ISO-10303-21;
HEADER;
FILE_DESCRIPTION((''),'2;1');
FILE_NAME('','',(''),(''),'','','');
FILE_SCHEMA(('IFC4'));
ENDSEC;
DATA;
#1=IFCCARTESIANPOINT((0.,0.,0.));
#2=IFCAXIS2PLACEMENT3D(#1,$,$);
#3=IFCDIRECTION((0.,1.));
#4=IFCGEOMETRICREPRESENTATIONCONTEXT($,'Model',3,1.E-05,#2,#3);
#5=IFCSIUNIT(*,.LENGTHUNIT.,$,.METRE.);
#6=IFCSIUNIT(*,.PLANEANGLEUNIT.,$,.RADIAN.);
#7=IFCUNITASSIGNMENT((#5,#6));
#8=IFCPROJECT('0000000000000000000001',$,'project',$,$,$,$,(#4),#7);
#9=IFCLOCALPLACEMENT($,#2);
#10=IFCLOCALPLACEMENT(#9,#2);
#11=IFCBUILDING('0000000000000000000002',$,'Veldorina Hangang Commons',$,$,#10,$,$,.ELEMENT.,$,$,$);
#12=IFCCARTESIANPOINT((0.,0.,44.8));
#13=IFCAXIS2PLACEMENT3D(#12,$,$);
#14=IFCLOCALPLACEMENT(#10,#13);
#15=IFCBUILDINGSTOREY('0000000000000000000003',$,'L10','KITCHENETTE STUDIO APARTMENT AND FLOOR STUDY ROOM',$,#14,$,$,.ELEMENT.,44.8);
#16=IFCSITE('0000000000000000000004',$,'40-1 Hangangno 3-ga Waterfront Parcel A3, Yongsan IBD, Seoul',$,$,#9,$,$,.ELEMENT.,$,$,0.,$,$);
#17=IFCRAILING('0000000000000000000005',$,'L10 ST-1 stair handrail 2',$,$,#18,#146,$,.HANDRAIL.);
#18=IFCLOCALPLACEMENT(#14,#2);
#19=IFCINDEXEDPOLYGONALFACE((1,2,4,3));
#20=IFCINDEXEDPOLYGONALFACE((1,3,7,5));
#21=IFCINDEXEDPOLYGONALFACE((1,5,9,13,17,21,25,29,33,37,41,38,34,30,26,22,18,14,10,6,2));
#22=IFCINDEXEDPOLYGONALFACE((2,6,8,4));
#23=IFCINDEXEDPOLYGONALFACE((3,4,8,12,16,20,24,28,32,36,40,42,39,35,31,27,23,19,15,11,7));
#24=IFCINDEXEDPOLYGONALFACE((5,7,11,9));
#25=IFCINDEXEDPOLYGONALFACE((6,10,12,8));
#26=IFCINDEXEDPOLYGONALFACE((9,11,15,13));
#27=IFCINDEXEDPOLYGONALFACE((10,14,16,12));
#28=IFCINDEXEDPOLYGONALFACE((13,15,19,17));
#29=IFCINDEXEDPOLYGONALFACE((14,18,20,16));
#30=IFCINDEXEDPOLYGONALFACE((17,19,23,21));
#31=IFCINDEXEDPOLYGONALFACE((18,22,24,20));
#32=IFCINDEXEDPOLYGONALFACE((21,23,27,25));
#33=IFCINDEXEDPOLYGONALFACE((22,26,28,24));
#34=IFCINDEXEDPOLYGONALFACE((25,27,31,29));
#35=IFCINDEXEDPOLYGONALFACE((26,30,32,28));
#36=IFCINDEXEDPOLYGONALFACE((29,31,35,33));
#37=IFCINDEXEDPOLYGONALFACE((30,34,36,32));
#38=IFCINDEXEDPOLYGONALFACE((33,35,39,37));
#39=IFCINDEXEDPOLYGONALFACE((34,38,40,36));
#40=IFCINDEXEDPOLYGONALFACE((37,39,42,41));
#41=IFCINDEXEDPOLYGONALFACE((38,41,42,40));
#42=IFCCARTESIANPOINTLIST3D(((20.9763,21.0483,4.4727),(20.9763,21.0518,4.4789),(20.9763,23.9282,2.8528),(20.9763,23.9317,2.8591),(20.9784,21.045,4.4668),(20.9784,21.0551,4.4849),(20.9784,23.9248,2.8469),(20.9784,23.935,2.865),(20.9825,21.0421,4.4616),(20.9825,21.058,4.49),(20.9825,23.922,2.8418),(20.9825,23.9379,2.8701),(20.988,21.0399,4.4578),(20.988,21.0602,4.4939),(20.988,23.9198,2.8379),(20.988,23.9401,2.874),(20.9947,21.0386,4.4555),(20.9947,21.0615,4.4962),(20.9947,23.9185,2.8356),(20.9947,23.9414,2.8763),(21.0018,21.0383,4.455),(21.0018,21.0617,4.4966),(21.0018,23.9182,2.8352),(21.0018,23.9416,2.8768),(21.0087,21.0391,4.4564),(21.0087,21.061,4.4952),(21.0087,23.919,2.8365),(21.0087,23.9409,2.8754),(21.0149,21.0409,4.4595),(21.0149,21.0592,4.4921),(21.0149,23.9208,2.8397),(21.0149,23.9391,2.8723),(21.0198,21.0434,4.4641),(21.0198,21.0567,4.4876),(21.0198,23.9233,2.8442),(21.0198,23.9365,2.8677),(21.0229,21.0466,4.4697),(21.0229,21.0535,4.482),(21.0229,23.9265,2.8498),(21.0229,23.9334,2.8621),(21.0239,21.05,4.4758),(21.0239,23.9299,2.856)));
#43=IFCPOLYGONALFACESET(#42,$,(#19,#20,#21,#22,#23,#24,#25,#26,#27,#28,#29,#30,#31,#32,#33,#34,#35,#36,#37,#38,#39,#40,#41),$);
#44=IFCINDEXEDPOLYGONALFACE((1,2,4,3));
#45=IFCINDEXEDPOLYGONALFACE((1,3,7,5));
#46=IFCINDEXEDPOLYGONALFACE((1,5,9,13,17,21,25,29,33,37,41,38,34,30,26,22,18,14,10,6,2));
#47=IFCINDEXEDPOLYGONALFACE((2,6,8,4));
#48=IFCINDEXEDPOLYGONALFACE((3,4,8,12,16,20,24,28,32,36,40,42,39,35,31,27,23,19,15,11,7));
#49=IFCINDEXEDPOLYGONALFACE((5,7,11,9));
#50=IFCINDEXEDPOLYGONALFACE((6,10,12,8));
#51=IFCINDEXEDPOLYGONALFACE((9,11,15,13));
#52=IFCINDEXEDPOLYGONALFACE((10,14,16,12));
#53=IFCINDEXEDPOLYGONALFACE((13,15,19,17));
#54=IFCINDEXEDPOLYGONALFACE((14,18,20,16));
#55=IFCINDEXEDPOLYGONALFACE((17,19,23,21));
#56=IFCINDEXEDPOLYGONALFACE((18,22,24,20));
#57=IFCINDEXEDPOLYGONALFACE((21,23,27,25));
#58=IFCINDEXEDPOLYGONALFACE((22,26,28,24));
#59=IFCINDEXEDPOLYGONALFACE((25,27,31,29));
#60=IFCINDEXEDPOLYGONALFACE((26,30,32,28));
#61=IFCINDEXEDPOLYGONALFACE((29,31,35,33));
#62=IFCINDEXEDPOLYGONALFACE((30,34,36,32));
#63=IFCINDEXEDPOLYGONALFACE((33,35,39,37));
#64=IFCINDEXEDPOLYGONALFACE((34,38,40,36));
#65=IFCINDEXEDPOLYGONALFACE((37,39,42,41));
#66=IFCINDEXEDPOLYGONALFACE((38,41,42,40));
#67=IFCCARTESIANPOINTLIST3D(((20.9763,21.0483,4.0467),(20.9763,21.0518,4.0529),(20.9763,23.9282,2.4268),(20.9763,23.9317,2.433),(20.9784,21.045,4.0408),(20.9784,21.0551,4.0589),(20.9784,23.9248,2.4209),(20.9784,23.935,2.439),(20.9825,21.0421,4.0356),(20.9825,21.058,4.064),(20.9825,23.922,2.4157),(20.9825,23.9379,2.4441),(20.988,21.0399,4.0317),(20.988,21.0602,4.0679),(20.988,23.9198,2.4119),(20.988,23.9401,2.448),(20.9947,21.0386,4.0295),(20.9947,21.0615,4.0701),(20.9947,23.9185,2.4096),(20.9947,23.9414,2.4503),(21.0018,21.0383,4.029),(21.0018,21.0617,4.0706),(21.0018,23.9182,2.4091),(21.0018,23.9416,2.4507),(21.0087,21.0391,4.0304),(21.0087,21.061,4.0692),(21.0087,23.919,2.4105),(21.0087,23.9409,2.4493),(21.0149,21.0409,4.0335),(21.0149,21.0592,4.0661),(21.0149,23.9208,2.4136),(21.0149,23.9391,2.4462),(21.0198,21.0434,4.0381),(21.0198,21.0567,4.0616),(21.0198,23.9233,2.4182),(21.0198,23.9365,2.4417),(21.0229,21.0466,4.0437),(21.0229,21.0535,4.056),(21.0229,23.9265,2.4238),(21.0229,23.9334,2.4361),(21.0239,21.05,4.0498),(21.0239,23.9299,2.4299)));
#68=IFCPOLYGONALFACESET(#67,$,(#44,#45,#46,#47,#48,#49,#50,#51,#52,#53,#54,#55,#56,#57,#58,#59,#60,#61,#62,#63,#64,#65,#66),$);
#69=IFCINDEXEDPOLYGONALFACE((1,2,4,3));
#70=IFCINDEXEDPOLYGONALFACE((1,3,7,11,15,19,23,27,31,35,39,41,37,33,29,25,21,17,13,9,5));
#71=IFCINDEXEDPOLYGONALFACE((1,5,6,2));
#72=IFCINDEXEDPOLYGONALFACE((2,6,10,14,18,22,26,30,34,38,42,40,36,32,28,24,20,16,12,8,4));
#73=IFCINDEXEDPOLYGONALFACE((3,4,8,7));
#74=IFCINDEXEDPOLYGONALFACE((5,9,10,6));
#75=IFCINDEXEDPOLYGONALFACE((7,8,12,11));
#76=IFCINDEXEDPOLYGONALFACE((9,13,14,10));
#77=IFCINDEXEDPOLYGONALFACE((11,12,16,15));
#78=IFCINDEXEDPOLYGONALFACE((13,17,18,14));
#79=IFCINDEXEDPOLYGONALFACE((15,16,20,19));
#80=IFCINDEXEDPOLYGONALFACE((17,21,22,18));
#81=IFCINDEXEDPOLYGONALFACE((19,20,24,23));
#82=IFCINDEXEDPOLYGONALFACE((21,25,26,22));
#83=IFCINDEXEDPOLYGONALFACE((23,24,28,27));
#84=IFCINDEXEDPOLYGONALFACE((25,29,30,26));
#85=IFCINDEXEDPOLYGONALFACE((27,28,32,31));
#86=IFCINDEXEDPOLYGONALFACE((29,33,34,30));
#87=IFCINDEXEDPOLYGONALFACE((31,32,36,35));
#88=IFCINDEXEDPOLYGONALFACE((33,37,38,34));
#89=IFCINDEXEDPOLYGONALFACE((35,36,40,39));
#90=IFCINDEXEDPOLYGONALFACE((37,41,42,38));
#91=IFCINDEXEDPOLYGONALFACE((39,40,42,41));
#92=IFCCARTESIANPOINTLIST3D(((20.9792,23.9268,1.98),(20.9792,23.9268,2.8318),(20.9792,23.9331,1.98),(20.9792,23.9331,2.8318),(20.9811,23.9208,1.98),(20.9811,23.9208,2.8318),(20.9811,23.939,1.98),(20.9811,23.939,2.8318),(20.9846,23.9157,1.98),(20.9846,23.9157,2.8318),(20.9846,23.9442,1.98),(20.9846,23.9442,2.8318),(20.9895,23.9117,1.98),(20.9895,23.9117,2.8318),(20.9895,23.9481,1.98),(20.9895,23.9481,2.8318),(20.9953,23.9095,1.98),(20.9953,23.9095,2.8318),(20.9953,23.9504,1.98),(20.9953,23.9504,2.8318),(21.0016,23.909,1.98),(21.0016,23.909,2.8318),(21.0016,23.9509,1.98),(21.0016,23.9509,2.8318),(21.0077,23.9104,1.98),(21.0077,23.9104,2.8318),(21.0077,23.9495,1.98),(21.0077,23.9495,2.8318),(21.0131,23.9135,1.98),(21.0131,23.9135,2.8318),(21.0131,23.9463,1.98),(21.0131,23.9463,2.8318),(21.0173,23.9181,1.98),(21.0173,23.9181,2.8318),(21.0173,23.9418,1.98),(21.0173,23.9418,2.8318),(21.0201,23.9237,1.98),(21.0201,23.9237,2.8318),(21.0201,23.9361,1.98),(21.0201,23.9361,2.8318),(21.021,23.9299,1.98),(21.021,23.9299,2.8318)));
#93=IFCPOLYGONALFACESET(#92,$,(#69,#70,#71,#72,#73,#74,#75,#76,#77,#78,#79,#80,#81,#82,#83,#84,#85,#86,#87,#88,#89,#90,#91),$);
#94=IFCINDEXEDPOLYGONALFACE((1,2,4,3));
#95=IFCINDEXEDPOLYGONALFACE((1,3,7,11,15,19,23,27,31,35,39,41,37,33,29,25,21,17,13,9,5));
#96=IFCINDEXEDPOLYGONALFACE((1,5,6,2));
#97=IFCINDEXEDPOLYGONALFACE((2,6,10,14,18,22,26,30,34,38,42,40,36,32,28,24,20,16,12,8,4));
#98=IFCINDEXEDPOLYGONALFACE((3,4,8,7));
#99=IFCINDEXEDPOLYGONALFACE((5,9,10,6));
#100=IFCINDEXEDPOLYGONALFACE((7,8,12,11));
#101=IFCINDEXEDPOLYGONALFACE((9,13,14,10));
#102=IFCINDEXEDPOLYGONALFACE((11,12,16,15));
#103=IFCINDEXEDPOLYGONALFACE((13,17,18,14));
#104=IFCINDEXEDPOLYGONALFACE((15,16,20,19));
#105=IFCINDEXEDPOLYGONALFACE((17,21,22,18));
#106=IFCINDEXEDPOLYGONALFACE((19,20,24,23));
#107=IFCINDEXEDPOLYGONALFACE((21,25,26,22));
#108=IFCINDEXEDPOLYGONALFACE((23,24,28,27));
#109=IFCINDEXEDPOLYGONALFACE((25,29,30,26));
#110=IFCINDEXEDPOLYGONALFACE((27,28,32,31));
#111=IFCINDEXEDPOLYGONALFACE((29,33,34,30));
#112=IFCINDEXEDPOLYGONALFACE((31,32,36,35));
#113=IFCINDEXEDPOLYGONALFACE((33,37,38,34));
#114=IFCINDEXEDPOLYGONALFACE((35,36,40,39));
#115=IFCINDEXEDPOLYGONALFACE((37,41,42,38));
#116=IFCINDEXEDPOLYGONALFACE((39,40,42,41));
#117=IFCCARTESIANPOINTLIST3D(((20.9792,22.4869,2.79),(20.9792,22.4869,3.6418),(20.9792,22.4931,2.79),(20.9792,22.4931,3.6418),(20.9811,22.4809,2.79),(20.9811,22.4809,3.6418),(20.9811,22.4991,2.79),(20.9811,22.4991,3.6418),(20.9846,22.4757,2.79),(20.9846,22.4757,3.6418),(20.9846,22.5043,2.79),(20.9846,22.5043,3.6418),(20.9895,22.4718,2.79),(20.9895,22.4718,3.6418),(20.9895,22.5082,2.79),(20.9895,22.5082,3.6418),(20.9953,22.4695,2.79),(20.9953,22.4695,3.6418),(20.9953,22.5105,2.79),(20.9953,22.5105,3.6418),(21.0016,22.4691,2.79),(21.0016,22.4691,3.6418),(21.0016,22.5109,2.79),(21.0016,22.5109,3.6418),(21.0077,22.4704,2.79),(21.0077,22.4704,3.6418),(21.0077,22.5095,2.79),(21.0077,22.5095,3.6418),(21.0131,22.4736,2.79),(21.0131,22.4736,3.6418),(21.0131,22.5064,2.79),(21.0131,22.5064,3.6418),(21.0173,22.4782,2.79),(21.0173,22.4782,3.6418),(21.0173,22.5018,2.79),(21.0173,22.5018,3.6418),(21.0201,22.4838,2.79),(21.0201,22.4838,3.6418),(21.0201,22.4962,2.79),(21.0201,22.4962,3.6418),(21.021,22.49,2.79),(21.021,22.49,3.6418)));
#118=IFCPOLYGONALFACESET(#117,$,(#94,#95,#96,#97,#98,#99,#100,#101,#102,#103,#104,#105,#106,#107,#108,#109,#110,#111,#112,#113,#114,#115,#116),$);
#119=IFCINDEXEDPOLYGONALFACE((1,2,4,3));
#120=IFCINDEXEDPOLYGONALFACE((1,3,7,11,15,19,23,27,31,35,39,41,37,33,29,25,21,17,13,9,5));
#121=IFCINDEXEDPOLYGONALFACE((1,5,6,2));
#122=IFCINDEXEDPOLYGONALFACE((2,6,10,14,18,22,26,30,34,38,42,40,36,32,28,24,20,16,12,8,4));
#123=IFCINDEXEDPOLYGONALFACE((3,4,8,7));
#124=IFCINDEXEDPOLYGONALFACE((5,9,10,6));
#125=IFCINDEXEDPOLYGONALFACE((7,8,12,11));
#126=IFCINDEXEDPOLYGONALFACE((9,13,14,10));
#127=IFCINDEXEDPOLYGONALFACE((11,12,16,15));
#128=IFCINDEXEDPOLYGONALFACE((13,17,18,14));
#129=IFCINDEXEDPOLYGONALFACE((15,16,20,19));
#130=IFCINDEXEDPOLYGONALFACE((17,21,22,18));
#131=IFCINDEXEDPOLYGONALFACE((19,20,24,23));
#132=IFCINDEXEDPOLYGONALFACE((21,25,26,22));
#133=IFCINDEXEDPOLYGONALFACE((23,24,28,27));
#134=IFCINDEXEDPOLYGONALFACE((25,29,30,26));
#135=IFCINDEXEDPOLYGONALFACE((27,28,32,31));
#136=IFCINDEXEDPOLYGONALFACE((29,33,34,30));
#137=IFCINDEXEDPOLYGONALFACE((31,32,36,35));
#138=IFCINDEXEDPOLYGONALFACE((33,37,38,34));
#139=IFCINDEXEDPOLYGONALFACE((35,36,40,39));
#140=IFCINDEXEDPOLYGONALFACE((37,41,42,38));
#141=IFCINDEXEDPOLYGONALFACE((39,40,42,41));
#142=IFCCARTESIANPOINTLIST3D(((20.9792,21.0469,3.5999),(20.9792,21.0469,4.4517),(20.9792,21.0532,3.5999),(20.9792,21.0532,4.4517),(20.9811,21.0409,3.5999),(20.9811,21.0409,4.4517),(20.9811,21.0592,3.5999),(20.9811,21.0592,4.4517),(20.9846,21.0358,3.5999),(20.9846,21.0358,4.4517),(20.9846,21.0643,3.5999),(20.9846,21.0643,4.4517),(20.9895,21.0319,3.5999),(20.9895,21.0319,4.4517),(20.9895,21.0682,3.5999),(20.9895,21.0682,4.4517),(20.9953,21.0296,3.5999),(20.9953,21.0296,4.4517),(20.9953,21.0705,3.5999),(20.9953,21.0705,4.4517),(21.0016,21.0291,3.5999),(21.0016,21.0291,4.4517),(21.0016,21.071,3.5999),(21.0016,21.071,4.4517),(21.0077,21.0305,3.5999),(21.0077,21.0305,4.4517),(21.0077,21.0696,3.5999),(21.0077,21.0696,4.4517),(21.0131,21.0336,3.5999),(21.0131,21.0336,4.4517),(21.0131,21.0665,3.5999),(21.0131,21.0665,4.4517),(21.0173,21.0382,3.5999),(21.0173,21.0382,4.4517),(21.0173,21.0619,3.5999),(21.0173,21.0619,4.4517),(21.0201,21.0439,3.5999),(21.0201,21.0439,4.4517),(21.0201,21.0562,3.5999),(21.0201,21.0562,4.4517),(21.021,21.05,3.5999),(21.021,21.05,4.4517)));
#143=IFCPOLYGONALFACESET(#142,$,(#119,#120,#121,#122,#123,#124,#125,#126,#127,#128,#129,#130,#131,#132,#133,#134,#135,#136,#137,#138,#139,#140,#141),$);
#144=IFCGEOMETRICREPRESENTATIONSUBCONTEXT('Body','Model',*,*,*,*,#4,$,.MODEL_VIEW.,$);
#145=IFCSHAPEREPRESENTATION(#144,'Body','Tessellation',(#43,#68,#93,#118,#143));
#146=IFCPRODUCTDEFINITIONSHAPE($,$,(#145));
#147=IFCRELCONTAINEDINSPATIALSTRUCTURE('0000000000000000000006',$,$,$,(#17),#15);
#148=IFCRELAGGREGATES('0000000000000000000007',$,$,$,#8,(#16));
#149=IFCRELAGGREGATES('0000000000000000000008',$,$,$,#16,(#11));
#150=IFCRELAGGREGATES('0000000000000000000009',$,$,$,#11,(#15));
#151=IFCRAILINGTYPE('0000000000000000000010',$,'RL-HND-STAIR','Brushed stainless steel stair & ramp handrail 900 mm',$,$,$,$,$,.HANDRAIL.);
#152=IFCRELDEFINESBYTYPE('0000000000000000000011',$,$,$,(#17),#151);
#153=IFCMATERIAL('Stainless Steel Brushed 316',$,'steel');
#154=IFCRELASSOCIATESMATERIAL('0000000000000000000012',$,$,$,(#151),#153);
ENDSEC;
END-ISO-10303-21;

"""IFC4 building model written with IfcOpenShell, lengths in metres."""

from ifc_helpers import new_model, si_unit, direction, frame, origin, origin_2d, place, context, subcontext, project, spatial, circle, extrude, material, type_object, element, save


model = new_model("IFC4")

# Units and contexts
model_context = context("Model", 3, precision=1e-05, world=origin(), true_north=direction((0.0, 1.0)))
body_context = subcontext(model_context, "Body", "Model", "MODEL_VIEW")
ifc_project = project(units=[si_unit("LENGTHUNIT", "METRE"), si_unit("PLANEANGLEUNIT", "RADIAN")], contexts=[model_context])

# Site, building, storey
site_placement = place(None, origin())
site = spatial("IfcSite", under=ifc_project, at=site_placement, Name="40-1 Hangangno 3-ga Waterfront Parcel A3, Yongsan IBD, Seoul", CompositionType="ELEMENT", RefElevation=0.0)
building_placement = place(site_placement, origin())
building = spatial("IfcBuilding", under=site, at=building_placement, Name="Veldorina Hangang Commons", CompositionType="ELEMENT")
storey_placement = place(building_placement, frame((0.0, 0.0, 44.8)))
storey = spatial("IfcBuildingStorey", under=building, at=storey_placement, Name="L10", Description="KITCHENETTE STUDIO APARTMENT AND FLOOR STUDY ROOM", CompositionType="ELEMENT", Elevation=44.8)

# Railing
ifc_material_1 = material(Name="Stainless Steel Brushed 316", Category="steel")
railing_type_1 = type_object("IfcRailingType", Name="RL-HND-STAIR", Description="Brushed stainless steel stair & ramp handrail 900 mm", PredefinedType="HANDRAIL", material=ifc_material_1)
railing_1_placement = place(storey_placement, frame((21.0, 23.9299, 1.98)))
element("IfcRailing", 1, at=railing_1_placement, inside=storey, type_object=railing_type_1, Name="L10 ST-1 stair handrail 2", PredefinedType="HANDRAIL", context=body_context, shape_type="SweptSolid", body=[
    extrude(circle(Radius=0.0239, at=origin_2d()), frame((0.0, 0.0, 0.876), z_axis=(0.0, -0.871583, 0.490247), x_axis=(1.0, 0.0, 0.0)), (0.0, 0.0, 1.0), 3.3042),
    extrude(circle(Radius=0.0239, at=origin_2d()), frame((0.0, 0.0, 0.45), z_axis=(0.0, -0.871583, 0.490247), x_axis=(1.0, 0.0, 0.0)), (0.0, 0.0, 1.0), 3.3042),
    extrude(circle(Radius=0.021, at=origin_2d()), origin(), (0.0, 0.0, 1.0), 0.8518),
    extrude(circle(Radius=0.021, at=origin_2d()), frame((0.0, -1.4399, 0.8101)), (0.0, 0.0, 1.0), 0.8518),
    extrude(circle(Radius=0.021, at=origin_2d()), frame((0.0, -2.8799, 1.6199)), (0.0, 0.0, 1.0), 0.8518),
])

save(model, "model.ifc")
